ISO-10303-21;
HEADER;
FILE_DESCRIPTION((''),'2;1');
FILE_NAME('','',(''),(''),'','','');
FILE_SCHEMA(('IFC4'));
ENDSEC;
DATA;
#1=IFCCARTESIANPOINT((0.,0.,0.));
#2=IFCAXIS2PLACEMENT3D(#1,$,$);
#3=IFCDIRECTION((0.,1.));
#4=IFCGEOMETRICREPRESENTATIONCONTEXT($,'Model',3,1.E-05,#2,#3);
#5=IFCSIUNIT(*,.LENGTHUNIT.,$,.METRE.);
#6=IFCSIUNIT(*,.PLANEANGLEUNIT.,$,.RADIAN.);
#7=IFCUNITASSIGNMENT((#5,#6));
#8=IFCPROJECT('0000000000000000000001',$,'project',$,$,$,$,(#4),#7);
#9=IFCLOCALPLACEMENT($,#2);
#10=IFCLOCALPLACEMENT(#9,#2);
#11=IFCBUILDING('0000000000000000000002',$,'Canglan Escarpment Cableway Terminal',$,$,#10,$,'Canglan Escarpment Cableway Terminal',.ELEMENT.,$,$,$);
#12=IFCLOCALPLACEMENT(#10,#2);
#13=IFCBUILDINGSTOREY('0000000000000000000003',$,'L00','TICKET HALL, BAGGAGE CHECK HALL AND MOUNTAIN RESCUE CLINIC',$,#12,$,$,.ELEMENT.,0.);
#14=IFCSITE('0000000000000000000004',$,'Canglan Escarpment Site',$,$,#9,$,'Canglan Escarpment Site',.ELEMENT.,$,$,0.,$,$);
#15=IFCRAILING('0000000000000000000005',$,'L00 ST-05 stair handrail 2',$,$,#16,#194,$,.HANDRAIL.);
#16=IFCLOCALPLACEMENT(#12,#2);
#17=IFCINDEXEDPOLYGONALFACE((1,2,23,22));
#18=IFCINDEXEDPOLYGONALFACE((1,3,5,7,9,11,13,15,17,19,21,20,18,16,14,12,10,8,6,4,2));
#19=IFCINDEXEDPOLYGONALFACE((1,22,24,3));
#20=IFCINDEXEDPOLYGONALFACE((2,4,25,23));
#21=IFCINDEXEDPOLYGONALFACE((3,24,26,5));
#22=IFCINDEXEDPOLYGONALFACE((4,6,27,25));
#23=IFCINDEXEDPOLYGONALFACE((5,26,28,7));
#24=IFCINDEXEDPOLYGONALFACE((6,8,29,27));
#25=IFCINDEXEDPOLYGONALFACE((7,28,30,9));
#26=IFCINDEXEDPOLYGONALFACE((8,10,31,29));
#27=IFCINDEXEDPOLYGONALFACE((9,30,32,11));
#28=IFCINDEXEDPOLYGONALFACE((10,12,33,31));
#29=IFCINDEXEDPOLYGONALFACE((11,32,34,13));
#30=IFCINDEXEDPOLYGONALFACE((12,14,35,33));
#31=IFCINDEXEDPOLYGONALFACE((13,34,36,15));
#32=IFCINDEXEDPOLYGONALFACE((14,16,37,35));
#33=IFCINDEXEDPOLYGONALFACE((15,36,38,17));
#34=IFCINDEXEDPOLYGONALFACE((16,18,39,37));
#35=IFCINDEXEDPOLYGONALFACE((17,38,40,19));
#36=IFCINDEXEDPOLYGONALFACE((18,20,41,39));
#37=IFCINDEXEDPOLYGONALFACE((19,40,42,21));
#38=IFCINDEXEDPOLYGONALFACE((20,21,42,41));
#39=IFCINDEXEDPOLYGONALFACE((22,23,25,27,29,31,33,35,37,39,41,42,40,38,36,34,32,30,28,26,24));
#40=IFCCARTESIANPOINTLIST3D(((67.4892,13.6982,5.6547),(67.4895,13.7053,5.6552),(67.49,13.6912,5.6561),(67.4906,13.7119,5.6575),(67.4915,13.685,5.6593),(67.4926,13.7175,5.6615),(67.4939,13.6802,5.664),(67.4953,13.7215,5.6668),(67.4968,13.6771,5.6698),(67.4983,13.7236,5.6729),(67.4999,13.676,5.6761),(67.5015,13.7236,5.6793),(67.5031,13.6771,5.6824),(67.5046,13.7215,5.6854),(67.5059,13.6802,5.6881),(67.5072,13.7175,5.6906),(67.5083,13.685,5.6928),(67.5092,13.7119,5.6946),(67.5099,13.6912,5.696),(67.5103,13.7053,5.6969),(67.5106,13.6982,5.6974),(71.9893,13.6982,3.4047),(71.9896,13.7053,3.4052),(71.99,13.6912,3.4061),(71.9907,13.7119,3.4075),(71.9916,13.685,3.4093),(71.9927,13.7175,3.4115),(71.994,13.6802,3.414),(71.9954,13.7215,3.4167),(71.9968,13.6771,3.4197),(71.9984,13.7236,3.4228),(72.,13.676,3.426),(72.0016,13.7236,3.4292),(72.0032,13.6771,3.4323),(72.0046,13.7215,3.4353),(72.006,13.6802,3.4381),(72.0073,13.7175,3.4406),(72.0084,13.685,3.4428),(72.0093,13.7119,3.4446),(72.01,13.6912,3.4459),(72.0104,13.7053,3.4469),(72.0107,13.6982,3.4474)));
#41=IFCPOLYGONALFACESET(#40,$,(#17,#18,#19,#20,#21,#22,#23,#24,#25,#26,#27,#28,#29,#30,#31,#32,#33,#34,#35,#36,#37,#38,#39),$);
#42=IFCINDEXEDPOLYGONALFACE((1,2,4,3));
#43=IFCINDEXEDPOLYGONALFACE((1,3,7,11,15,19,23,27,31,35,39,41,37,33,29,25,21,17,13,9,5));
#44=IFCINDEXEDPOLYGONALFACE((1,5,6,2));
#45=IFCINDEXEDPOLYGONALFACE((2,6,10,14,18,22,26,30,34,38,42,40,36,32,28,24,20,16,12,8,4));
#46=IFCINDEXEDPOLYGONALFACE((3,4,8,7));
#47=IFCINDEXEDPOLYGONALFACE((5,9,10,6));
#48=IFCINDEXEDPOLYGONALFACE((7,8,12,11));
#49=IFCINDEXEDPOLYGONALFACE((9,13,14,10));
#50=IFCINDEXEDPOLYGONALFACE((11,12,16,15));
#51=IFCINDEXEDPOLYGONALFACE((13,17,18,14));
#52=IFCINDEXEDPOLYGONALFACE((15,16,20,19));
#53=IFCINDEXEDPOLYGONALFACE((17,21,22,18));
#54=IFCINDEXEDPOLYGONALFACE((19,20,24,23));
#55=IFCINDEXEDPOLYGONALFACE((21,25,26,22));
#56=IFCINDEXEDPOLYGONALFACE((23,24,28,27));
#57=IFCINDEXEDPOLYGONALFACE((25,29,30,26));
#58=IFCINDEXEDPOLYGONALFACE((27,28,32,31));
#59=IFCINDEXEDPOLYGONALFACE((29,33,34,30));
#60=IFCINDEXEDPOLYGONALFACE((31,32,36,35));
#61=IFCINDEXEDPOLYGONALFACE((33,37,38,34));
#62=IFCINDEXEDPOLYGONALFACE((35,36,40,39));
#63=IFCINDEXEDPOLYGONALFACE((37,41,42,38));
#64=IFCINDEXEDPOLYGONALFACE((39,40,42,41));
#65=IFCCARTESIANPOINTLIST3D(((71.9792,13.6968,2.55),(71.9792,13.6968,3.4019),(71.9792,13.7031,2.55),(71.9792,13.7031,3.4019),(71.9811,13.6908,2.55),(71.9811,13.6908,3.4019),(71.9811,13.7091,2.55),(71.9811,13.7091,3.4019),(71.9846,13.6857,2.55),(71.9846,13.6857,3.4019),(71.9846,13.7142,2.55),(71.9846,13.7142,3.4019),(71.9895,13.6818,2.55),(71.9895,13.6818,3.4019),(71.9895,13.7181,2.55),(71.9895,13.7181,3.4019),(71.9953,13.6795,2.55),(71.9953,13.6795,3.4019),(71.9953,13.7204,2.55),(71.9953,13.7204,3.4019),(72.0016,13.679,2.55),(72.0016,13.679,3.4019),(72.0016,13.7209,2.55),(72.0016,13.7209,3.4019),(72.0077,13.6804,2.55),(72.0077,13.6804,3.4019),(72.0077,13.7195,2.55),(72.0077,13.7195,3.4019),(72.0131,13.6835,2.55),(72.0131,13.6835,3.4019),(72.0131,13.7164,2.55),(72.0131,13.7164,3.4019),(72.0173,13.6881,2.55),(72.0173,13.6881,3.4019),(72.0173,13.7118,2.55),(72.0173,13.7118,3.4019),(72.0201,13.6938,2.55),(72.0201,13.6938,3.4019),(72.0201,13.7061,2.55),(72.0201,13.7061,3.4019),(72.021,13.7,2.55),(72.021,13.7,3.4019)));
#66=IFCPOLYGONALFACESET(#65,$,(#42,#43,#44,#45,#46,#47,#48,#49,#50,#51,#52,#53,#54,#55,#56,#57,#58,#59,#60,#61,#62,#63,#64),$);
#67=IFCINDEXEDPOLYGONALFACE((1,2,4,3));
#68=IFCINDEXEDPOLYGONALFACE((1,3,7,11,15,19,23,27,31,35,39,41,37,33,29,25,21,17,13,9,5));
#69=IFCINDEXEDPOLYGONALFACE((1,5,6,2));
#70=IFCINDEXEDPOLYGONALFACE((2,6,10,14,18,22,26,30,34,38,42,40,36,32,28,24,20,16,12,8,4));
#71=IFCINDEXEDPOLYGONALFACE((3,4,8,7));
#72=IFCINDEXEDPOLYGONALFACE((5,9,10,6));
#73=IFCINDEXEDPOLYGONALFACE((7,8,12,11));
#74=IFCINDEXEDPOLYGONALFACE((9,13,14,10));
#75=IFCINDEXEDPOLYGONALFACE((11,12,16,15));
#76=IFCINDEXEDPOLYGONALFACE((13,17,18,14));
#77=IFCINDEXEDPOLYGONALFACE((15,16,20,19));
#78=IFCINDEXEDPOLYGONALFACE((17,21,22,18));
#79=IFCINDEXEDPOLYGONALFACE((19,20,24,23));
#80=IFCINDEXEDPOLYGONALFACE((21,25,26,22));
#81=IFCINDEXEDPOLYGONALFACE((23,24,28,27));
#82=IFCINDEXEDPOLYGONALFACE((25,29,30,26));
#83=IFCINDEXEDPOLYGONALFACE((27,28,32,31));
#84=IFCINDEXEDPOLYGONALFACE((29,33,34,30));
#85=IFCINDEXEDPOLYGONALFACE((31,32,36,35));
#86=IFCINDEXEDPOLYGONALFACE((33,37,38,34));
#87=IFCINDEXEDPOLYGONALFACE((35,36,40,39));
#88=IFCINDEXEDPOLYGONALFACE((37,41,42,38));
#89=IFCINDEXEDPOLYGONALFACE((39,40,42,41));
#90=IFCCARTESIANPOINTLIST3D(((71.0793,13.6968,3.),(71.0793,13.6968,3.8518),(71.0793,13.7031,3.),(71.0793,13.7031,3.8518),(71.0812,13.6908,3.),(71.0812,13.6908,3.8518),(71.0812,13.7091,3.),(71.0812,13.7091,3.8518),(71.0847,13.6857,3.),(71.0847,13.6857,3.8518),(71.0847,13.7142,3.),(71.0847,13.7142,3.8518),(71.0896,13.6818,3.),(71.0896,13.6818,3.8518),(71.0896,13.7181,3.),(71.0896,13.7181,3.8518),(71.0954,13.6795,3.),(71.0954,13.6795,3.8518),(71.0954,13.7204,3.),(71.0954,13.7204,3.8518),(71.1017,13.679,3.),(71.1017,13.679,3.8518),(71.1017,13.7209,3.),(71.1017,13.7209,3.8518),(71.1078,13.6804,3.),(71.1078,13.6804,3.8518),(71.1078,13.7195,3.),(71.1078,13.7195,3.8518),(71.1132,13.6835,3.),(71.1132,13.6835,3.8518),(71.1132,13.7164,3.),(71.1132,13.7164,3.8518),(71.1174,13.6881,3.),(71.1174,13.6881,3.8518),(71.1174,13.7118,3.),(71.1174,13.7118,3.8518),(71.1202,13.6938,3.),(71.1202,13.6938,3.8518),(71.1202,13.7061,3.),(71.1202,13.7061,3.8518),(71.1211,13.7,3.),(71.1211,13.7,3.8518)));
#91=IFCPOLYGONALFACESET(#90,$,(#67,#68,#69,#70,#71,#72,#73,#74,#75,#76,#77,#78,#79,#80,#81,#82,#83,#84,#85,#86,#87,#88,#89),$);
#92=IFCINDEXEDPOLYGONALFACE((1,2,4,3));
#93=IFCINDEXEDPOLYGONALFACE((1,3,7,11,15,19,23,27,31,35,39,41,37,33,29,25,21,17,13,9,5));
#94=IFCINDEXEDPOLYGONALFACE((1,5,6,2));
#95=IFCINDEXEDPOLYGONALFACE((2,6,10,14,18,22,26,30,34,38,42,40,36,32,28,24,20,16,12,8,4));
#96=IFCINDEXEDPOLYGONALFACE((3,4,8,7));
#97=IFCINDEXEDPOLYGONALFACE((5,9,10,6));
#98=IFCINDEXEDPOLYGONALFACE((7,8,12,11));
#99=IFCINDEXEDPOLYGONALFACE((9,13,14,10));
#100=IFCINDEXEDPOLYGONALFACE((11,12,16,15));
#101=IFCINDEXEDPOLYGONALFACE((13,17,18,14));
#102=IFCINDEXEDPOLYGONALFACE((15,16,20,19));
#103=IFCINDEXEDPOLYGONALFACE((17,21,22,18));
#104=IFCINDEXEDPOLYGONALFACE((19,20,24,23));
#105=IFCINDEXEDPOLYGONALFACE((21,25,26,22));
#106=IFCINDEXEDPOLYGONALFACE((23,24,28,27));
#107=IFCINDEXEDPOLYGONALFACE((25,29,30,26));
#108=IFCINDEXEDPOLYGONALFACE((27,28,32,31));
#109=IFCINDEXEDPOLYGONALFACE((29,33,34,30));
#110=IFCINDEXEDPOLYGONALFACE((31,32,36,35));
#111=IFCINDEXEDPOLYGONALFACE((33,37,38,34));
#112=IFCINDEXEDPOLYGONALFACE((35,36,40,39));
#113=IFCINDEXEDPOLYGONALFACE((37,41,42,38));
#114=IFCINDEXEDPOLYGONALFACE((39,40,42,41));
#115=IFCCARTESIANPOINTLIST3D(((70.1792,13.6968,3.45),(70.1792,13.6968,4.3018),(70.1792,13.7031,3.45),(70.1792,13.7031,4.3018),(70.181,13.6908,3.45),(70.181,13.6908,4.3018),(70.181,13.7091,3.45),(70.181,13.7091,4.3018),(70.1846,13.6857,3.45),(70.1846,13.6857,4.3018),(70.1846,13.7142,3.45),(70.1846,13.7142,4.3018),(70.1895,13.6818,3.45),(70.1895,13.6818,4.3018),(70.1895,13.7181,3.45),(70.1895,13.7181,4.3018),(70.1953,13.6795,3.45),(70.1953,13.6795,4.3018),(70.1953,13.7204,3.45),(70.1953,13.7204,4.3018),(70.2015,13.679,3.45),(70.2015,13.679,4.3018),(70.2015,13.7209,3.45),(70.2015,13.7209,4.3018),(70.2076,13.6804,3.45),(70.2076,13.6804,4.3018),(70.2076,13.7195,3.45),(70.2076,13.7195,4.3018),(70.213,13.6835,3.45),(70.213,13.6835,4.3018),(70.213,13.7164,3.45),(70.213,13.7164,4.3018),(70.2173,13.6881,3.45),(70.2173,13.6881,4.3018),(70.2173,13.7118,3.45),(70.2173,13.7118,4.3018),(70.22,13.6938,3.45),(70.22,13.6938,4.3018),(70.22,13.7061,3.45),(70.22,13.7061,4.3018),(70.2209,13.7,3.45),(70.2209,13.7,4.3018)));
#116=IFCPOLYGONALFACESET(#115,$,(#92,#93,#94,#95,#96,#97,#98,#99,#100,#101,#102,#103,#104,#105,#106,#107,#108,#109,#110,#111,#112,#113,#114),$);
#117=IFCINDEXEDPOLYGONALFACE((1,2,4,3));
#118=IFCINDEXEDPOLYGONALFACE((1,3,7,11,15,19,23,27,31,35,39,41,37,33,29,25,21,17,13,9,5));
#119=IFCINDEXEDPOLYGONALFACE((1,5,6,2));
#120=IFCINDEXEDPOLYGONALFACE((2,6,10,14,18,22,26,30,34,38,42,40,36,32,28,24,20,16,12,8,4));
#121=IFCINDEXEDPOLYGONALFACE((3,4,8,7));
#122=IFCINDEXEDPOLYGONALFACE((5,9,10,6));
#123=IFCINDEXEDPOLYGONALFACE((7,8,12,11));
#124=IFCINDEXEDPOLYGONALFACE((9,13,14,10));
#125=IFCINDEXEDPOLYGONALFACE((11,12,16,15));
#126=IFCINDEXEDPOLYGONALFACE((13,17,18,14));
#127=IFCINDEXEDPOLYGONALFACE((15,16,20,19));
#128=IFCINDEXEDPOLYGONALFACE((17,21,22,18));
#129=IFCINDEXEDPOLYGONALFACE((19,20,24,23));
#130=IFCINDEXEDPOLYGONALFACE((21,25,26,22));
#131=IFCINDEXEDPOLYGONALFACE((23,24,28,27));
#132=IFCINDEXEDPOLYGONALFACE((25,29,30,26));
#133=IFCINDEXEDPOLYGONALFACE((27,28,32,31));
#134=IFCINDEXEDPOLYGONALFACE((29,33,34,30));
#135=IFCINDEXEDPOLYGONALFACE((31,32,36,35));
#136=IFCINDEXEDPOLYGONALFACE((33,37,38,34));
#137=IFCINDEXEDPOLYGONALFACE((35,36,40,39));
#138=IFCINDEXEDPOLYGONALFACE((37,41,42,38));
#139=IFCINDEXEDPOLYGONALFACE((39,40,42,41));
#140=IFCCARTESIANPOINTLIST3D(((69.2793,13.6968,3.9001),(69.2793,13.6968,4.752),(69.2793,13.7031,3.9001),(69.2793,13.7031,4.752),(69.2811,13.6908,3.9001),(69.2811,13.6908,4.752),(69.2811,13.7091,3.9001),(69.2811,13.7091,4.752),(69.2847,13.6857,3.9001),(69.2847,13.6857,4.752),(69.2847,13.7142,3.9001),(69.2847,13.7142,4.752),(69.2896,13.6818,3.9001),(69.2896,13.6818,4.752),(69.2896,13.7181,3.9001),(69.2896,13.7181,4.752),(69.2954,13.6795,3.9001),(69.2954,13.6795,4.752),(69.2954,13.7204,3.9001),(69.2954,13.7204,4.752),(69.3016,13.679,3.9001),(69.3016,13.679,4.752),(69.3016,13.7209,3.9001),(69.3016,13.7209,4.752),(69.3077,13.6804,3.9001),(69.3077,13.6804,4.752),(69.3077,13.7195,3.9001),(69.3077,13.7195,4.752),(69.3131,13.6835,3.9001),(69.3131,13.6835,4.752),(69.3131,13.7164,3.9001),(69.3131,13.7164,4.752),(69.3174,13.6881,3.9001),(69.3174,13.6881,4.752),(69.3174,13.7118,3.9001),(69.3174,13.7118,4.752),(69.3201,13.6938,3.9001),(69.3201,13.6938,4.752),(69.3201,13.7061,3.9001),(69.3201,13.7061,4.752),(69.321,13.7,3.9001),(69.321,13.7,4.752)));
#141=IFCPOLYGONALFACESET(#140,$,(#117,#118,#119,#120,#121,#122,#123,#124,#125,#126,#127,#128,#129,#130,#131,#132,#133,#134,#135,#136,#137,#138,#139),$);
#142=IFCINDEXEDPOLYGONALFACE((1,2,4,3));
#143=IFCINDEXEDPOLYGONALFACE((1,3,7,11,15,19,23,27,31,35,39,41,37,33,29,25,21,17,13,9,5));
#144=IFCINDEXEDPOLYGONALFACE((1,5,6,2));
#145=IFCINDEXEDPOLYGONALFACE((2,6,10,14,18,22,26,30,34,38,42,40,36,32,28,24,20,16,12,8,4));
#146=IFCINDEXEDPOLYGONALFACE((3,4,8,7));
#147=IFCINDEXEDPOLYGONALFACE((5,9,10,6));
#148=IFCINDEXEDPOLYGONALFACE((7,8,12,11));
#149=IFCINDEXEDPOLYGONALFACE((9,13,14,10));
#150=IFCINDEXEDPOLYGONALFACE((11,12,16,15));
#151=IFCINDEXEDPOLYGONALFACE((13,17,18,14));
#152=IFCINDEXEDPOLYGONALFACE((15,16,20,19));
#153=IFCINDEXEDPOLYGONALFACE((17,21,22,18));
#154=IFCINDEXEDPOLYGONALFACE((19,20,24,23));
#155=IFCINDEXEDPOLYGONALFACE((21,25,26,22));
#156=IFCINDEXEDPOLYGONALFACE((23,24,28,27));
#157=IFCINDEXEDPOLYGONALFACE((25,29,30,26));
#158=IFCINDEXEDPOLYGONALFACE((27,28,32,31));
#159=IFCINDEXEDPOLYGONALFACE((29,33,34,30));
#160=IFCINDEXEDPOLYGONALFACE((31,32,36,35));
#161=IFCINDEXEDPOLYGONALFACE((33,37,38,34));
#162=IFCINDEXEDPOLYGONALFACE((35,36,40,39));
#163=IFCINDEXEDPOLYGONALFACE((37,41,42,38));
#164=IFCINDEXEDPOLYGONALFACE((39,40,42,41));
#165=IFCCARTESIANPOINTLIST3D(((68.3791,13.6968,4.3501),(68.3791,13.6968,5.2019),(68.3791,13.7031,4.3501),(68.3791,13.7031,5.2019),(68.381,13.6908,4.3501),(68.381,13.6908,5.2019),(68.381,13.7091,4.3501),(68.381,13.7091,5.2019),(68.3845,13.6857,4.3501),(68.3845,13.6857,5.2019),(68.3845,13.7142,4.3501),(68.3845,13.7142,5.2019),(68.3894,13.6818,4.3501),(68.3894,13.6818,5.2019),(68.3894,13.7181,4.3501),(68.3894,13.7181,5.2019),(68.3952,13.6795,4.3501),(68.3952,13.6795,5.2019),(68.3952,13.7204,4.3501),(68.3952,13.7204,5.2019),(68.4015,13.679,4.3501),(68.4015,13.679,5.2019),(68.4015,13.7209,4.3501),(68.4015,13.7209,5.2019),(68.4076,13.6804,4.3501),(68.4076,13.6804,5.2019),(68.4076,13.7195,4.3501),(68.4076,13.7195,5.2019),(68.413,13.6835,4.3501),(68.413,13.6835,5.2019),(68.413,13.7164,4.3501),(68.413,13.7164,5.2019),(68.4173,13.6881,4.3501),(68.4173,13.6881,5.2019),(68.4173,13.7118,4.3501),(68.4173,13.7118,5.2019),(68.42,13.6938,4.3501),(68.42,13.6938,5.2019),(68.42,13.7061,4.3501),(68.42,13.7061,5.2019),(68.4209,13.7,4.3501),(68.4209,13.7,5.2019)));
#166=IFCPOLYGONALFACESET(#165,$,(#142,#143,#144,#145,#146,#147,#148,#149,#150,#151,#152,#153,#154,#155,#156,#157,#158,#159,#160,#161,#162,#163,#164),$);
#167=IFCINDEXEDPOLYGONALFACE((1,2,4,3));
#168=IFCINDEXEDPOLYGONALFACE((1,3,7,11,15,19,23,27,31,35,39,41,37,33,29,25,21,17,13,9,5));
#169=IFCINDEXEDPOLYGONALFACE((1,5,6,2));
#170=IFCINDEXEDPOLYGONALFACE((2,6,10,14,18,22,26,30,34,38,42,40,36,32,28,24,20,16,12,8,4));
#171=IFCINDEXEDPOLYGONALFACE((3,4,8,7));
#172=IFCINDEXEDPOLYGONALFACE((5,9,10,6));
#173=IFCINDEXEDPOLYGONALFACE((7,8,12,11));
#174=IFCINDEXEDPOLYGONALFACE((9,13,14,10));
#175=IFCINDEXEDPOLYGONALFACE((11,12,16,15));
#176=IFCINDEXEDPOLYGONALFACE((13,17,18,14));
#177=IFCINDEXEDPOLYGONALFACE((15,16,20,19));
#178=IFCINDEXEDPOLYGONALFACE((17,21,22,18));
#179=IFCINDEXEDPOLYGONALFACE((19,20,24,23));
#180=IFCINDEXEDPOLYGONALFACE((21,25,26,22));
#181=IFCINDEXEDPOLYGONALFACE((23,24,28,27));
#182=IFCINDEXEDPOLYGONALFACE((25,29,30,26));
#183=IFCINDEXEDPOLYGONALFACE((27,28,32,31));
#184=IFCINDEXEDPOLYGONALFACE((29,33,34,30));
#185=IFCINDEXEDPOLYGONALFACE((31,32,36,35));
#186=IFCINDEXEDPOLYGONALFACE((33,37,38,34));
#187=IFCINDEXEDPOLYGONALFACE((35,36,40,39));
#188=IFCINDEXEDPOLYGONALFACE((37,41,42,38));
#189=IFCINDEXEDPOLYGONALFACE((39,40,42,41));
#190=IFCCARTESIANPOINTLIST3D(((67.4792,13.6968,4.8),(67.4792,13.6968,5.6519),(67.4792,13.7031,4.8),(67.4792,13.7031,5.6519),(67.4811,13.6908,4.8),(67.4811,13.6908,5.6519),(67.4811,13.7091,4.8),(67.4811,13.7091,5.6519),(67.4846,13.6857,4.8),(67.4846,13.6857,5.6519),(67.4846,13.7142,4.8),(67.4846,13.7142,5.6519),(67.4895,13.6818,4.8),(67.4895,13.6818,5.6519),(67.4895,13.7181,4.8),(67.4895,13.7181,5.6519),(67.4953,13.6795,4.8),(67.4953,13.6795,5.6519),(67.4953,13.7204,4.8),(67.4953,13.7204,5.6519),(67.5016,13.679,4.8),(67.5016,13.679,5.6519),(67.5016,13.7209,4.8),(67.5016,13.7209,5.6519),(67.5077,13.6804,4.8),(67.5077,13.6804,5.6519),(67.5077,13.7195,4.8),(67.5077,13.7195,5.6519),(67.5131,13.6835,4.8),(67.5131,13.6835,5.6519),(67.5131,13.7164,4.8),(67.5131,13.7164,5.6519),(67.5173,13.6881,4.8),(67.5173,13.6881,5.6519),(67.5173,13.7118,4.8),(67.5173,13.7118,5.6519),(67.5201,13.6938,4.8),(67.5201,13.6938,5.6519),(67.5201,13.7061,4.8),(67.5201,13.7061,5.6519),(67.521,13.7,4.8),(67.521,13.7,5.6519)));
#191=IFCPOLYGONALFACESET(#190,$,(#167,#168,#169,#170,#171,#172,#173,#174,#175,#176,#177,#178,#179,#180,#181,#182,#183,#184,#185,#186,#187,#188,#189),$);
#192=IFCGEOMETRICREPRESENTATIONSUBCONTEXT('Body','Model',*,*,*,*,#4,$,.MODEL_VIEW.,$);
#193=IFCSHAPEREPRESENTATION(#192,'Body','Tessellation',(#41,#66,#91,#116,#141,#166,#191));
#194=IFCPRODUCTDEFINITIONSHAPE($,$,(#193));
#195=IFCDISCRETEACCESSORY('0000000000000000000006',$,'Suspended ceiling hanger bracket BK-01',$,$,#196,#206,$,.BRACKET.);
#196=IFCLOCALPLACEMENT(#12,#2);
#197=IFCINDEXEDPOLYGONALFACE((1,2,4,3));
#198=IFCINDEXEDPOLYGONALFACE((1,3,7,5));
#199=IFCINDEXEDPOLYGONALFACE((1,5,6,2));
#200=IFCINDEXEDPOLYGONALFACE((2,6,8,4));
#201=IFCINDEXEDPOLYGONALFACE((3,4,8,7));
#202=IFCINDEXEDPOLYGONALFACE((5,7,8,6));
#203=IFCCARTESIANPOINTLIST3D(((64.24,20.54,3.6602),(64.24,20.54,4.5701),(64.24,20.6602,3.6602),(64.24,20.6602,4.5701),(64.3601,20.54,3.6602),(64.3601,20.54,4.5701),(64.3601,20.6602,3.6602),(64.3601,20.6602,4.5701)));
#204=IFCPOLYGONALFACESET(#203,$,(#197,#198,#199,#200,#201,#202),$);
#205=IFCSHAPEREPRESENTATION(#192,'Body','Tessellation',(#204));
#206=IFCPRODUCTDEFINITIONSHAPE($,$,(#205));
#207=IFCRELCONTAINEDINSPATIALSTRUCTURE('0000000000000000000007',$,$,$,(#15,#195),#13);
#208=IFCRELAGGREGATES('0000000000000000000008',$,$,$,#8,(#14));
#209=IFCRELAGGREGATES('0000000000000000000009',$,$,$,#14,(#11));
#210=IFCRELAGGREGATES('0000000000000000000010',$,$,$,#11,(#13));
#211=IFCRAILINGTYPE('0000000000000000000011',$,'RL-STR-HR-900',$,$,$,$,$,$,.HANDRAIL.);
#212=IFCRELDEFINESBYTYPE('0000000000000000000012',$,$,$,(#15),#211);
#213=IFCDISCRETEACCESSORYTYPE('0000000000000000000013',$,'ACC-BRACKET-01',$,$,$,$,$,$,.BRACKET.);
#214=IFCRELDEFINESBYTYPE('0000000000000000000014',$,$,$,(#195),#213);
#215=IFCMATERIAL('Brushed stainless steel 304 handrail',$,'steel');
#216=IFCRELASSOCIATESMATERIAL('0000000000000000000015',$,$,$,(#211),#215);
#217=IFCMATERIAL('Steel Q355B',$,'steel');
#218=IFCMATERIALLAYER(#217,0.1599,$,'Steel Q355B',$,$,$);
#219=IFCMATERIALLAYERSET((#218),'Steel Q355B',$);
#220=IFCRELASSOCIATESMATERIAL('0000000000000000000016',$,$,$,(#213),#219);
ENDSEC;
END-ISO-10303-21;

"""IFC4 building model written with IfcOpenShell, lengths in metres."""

from ifc_helpers import new_model, si_unit, direction, frame, origin, origin_2d, place, context, subcontext, project, spatial, rectangle, circle, extrude, material, layer, layer_set, type_object, element, save


model = new_model("IFC4")

# Units and contexts
model_context = context("Model", 3, precision=1e-05, world=origin(), true_north=direction((0.0, 1.0)))
body_context = subcontext(model_context, "Body", "Model", "MODEL_VIEW")
ifc_project = project(units=[si_unit("LENGTHUNIT", "METRE"), si_unit("PLANEANGLEUNIT", "RADIAN")], contexts=[model_context])

# Site, building, storey
site_placement = place(None, origin())
site = spatial("IfcSite", under=ifc_project, at=site_placement, Name="Canglan Escarpment Site", LongName="Canglan Escarpment Site", CompositionType="ELEMENT", RefElevation=0.0)
building_placement = place(site_placement, origin())
building = spatial("IfcBuilding", under=site, at=building_placement, Name="Canglan Escarpment Cableway Terminal", LongName="Canglan Escarpment Cableway Terminal", CompositionType="ELEMENT")
storey_placement = place(building_placement, origin())
storey = spatial("IfcBuildingStorey", under=building, at=storey_placement, Name="L00", Description="TICKET HALL, BAGGAGE CHECK HALL AND MOUNTAIN RESCUE CLINIC", CompositionType="ELEMENT", Elevation=0.0)

# Shared definitions
ifc_material_1 = material(Name="Steel Q355B", Category="steel")

# Railing
ifc_material_2 = material(Name="Brushed stainless steel 304 handrail", Category="steel")
railing_type_1 = type_object("IfcRailingType", Name="RL-STR-HR-900", PredefinedType="HANDRAIL", material=ifc_material_2)
railing_1_placement = place(storey_placement, frame((72.0, 13.7, 2.55)))
element("IfcRailing", 1, at=railing_1_placement, inside=storey, type_object=railing_type_1, Name="L00 ST-05 stair handrail 2", PredefinedType="HANDRAIL", context=body_context, shape_type="SweptSolid", body=[
    extrude(circle(Radius=0.0239, at=origin_2d()), frame((0.0, 0.0, 0.876), z_axis=(-0.894427, 0.0, 0.447214), x_axis=(0.0, -1.0, 0.0)), (0.0, 0.0, 1.0), 5.0312),
    extrude(circle(Radius=0.021, at=origin_2d()), origin(), (0.0, 0.0, 1.0), 0.8518),
    extrude(circle(Radius=0.021, at=origin_2d()), frame((-0.8999, 0.0, 0.45)), (0.0, 0.0, 1.0), 0.8518),
    extrude(circle(Radius=0.021, at=origin_2d()), frame((-1.8, 0.0, 0.8999)), (0.0, 0.0, 1.0), 0.8518),
    extrude(circle(Radius=0.021, at=origin_2d()), frame((-2.7, 0.0, 1.3501)), (0.0, 0.0, 1.0), 0.8518),
    extrude(circle(Radius=0.021, at=origin_2d()), frame((-3.6001, 0.0, 1.8)), (0.0, 0.0, 1.0), 0.8518),
    extrude(circle(Radius=0.021, at=origin_2d()), frame((-4.5, 0.0, 2.25)), (0.0, 0.0, 1.0), 0.8518),
])

# Discrete accessory
ifc_layer_1 = layer(ifc_material_1, 0.1599, Name="Steel Q355B")
ifc_layer_set_1 = layer_set([ifc_layer_1], Name="Steel Q355B")
discrete_accessory_type = type_object("IfcDiscreteAccessoryType", Name="ACC-BRACKET-01", PredefinedType="BRACKET", material=ifc_layer_set_1)
for number, where, z_axis, x_axis, name in (
    (2, (64.3, 20.6001, 3.6602), (0.0, 0.0, 1.0), (1.0, 0.0, 0.0), "Suspended ceiling hanger bracket BK-01"),
):
    element("IfcDiscreteAccessory", number, at=place(storey_placement, frame(where, z_axis=z_axis, x_axis=x_axis)), inside=storey, type_object=discrete_accessory_type, Name=name, PredefinedType="BRACKET", context=body_context, shape_type="SweptSolid", body=[
        extrude(rectangle(XDim=0.1201, YDim=0.1201, at=origin_2d()), origin(), (0.0, 0.0, 1.0), 0.9099),
    ])

save(model, "model.ifc")
